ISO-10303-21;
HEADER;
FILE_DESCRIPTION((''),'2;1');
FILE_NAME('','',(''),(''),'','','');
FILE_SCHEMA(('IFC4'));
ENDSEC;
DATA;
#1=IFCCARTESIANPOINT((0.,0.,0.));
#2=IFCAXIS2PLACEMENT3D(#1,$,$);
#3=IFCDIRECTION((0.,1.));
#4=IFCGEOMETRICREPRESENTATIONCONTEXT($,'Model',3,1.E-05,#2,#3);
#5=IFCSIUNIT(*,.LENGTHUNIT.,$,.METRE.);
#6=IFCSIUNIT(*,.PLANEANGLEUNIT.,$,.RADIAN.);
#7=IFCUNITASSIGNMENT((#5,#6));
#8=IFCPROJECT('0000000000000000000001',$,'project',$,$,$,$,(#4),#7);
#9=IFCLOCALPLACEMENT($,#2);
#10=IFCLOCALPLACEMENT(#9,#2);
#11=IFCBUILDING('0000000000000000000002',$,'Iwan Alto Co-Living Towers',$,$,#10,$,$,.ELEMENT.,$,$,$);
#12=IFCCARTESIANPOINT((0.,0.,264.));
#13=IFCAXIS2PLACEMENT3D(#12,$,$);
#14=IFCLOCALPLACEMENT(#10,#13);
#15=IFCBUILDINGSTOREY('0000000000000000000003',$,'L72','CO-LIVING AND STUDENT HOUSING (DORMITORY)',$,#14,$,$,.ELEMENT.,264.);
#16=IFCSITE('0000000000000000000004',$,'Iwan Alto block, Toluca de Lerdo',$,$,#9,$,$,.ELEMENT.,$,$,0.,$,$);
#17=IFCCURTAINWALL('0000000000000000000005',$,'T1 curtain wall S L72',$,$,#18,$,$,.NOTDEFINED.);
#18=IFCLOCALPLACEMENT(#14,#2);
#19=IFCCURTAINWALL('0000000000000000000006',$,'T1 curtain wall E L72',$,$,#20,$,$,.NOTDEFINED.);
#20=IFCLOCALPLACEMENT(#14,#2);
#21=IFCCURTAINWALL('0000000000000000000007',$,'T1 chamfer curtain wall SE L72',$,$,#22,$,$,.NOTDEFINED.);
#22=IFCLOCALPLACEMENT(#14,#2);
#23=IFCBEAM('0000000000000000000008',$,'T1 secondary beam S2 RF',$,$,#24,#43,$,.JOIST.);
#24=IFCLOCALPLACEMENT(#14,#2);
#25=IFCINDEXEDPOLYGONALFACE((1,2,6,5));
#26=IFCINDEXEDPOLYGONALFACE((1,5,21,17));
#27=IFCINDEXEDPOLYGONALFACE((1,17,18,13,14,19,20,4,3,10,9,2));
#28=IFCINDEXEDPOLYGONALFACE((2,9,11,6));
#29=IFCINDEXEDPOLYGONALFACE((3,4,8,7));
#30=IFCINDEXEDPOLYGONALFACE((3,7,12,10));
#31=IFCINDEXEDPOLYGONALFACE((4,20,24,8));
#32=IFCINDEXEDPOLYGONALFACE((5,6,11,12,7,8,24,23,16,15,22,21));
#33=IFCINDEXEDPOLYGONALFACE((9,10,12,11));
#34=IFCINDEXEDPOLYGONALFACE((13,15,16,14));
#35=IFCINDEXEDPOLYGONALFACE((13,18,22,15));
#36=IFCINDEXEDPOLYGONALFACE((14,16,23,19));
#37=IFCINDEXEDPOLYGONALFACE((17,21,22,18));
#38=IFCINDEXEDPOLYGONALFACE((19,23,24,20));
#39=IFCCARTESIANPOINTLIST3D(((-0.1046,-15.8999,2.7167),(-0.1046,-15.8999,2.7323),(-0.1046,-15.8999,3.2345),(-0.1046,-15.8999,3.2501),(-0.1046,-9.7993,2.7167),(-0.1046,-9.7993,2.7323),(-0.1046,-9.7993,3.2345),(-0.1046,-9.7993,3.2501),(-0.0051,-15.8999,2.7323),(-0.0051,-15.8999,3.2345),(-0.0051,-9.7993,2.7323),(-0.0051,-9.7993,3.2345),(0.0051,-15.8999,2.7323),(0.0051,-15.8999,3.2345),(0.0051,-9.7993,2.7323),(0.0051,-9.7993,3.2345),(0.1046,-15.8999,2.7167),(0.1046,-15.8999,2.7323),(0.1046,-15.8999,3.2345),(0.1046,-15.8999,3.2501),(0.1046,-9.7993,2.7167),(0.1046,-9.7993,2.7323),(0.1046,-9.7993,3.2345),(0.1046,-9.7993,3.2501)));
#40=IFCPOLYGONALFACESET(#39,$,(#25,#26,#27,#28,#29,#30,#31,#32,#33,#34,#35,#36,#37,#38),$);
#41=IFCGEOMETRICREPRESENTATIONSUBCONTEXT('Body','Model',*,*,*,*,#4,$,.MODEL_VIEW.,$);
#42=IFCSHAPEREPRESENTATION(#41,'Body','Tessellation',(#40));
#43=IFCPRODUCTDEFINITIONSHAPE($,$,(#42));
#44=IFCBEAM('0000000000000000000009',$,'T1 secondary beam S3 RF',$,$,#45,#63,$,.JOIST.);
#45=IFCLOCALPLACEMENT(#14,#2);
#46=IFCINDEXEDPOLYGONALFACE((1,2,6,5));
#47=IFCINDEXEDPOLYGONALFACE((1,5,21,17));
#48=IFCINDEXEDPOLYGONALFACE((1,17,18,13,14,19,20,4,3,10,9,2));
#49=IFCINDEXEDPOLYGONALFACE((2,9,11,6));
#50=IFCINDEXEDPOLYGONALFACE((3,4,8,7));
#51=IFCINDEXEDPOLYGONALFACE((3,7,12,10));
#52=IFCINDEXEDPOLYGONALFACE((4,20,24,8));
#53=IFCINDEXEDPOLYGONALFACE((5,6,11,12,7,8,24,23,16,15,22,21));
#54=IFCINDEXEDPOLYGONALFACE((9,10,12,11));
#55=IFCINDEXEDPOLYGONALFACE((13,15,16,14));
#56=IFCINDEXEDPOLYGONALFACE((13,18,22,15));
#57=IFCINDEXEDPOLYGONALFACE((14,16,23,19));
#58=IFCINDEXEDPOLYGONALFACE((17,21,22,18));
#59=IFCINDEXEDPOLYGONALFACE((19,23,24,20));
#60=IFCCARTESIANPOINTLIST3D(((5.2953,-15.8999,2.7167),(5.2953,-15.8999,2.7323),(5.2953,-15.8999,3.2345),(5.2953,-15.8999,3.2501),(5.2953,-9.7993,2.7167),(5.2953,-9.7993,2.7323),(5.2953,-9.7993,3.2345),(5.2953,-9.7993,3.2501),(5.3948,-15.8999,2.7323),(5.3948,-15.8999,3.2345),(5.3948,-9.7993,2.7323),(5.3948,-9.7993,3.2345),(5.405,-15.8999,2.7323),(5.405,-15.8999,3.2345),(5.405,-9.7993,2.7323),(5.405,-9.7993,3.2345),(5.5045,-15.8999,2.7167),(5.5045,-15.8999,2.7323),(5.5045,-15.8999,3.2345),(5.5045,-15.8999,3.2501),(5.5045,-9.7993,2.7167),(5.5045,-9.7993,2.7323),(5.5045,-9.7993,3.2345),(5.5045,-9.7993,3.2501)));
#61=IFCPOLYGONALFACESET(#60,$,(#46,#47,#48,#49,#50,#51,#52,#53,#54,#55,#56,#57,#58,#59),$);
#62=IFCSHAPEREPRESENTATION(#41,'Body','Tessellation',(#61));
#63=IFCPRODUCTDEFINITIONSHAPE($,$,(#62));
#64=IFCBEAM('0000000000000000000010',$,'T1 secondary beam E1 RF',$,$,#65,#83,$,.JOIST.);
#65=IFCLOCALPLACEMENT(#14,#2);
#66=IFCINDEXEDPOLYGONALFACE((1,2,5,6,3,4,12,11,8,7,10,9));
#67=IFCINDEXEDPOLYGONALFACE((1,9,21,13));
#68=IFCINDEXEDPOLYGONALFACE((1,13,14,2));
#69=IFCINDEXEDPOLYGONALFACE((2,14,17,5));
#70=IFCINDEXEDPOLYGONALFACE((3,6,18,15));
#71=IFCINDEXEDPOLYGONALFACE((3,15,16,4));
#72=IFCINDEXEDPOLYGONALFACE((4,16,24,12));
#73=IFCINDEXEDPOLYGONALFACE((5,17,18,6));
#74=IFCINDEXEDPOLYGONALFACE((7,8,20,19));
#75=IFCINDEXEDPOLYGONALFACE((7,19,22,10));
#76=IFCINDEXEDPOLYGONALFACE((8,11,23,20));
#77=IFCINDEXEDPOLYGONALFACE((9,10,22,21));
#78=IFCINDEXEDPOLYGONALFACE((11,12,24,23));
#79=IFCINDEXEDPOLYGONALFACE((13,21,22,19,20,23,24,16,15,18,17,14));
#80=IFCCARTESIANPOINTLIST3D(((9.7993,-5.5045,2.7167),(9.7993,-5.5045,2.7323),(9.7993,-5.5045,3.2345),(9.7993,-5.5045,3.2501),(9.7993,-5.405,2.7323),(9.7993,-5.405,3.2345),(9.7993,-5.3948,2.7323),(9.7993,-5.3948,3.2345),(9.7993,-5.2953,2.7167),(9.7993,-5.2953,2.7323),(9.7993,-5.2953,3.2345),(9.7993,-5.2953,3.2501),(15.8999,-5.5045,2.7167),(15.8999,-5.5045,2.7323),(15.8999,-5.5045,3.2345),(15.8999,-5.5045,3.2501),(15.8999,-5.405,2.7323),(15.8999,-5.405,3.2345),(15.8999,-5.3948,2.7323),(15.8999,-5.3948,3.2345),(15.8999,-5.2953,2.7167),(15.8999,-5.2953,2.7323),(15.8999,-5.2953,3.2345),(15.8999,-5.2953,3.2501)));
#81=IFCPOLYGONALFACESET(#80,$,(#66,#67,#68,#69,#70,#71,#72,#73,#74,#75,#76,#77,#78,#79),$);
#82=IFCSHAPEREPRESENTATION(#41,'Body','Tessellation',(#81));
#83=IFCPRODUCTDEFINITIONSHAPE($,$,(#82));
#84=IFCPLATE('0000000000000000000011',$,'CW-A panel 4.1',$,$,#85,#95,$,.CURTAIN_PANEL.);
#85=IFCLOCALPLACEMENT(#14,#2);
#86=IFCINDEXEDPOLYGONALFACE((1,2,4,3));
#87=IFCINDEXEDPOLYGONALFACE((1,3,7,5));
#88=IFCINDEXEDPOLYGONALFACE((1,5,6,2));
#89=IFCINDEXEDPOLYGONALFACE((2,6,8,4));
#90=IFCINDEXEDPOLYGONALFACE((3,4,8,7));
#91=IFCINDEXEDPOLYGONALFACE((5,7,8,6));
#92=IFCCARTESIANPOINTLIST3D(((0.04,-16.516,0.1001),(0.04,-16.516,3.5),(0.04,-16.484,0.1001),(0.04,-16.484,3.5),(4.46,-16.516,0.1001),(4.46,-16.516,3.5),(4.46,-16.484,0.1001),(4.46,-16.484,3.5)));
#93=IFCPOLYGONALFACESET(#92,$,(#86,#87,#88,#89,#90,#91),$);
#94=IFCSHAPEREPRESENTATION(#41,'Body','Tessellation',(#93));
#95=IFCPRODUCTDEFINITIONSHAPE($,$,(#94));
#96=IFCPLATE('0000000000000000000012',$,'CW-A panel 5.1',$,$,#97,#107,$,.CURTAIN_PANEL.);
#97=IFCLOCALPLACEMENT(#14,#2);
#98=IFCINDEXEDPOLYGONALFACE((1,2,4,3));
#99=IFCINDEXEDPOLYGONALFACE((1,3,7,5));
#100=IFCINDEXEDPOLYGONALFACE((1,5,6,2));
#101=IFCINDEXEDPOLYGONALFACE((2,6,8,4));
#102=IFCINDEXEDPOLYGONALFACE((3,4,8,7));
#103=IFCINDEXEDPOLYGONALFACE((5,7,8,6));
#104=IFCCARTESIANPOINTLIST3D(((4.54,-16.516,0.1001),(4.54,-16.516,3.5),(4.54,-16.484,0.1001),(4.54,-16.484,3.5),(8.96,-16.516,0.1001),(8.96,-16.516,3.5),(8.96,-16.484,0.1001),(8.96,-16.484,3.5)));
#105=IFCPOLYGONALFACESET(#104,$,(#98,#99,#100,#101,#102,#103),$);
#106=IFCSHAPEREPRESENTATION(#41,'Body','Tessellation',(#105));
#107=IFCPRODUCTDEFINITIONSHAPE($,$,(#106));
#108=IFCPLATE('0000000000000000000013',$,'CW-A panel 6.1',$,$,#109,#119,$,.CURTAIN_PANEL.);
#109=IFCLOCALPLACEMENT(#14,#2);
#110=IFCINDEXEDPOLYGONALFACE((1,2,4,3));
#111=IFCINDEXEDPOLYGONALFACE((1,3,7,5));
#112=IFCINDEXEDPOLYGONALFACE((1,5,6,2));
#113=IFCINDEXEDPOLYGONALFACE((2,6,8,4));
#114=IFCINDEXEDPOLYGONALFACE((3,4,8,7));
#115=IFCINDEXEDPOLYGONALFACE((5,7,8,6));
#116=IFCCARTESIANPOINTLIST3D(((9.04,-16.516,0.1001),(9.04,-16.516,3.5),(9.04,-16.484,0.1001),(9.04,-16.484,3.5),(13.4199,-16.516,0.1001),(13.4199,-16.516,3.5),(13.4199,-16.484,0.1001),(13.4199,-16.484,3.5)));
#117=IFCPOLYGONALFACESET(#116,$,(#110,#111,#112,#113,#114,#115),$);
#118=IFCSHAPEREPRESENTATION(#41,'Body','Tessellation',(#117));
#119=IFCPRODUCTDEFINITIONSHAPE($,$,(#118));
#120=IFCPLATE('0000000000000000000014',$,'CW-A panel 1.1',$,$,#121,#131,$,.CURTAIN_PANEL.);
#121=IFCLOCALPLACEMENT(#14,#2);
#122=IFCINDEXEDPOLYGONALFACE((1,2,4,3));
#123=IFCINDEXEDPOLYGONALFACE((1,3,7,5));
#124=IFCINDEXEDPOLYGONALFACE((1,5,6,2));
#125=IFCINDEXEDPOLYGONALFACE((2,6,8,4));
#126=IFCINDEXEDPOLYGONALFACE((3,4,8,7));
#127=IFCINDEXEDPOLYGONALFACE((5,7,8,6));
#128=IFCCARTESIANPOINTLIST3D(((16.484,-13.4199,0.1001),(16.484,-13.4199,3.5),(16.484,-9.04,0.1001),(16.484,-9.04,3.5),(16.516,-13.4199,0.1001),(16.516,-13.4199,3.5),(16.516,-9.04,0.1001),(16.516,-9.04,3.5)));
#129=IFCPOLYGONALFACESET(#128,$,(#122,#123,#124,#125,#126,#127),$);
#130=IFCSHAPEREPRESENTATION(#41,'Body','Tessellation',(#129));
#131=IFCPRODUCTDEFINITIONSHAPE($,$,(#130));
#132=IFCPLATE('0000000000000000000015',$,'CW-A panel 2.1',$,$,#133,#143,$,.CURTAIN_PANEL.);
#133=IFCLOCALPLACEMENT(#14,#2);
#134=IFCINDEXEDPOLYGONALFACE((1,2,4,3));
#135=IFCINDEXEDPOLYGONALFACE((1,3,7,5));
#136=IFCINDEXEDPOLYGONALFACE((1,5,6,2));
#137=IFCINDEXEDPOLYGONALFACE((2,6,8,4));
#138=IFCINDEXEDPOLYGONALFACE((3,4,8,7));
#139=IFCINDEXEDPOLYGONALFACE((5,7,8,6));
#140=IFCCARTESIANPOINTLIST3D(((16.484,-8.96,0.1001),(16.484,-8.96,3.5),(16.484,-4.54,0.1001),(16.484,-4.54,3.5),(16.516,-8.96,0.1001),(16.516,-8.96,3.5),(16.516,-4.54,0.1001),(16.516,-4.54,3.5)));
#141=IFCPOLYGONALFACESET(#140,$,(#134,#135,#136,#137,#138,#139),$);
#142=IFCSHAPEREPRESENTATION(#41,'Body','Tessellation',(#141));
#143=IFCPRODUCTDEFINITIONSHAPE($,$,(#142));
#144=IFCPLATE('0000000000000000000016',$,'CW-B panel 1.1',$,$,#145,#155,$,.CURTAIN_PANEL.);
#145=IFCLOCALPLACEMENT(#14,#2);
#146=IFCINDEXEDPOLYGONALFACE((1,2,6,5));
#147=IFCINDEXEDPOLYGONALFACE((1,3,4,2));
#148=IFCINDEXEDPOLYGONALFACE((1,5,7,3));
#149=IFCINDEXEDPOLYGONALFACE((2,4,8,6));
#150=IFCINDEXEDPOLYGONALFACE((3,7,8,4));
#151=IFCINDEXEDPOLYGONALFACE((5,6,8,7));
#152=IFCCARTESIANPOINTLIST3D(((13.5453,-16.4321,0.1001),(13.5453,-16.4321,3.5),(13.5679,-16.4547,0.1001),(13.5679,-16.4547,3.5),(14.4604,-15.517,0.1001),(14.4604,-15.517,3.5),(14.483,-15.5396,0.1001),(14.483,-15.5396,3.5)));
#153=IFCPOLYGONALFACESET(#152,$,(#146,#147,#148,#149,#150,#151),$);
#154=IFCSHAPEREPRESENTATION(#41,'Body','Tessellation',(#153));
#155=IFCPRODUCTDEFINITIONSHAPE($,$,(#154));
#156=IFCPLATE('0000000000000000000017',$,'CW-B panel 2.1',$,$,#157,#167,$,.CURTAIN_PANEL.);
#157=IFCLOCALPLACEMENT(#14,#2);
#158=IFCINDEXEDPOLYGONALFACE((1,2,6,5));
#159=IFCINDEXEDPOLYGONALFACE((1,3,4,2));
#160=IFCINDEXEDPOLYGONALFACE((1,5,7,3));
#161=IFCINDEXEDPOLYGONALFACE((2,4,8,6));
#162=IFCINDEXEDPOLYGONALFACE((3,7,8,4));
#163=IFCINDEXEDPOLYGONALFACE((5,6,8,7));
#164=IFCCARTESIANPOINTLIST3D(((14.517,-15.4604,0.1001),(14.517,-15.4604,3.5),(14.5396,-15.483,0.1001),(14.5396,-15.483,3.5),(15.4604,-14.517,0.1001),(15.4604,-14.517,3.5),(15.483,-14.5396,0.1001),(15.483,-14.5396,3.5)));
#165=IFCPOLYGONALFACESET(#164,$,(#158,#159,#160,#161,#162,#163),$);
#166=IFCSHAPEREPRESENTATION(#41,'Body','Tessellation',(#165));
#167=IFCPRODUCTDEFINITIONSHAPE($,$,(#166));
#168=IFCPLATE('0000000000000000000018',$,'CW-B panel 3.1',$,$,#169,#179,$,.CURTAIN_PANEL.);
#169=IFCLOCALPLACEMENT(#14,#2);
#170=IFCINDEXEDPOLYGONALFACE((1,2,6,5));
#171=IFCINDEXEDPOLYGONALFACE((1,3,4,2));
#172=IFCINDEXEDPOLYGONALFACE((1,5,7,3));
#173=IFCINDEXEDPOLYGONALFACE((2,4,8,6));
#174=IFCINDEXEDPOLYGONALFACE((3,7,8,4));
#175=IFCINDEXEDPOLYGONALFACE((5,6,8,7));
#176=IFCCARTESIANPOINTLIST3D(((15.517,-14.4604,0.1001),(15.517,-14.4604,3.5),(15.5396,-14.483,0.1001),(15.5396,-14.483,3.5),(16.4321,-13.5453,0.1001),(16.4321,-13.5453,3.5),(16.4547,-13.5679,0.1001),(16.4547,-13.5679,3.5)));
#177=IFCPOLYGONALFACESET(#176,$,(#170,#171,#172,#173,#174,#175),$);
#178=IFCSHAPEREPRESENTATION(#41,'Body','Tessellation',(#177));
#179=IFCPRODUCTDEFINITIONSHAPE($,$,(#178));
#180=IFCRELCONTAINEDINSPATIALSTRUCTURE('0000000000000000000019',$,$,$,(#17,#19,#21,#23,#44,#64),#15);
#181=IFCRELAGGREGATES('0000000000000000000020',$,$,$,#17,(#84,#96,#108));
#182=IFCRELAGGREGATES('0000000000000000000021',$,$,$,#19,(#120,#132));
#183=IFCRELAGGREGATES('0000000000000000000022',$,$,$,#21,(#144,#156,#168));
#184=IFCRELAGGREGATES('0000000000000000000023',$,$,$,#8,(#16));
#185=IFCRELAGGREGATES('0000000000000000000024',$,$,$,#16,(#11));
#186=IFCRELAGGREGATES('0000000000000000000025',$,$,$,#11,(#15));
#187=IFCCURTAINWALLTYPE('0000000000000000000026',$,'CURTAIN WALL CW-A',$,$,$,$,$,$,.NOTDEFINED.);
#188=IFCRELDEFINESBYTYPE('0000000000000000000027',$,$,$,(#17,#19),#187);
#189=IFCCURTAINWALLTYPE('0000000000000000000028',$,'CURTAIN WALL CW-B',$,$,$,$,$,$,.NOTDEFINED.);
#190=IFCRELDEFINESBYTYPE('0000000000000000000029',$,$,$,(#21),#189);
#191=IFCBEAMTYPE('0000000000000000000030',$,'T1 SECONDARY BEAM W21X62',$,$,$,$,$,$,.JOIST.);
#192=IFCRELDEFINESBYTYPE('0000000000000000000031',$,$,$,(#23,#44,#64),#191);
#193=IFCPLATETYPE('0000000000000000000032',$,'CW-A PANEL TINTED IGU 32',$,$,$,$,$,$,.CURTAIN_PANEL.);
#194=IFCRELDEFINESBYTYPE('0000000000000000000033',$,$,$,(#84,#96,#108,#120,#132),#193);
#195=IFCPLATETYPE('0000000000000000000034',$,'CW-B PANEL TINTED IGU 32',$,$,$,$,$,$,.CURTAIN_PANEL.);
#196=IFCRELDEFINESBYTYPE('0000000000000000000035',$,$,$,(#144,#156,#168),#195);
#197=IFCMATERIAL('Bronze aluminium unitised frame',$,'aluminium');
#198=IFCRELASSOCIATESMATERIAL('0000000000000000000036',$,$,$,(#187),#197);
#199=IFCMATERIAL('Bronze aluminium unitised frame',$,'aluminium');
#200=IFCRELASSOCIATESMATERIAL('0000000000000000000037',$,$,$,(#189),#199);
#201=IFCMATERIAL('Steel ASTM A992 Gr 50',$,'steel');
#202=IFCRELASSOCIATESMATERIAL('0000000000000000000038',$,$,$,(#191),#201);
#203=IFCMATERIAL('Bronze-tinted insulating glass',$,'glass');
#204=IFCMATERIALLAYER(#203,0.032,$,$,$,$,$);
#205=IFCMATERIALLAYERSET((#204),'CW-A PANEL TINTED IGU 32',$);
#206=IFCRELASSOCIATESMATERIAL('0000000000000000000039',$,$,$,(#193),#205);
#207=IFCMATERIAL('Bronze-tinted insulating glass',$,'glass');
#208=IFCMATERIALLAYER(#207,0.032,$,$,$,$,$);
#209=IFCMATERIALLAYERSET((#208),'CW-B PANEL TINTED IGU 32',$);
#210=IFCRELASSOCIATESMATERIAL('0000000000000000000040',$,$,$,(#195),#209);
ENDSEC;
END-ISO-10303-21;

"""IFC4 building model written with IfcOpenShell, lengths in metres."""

from ifc_helpers import new_model, si_unit, direction, frame, origin, origin_2d, place, context, subcontext, project, spatial, rectangle, i_section, extrude, material, layer, layer_set, material_profile, profile_set, type_object, element, aggregate, save


model = new_model("IFC4")

# Units and contexts
model_context = context("Model", 3, precision=1e-05, world=origin(), true_north=direction((0.0, 1.0)))
body_context = subcontext(model_context, "Body", "Model", "MODEL_VIEW")
ifc_project = project(units=[si_unit("LENGTHUNIT", "METRE"), si_unit("PLANEANGLEUNIT", "RADIAN")], contexts=[model_context])

# Site, building, storey
site_placement = place(None, origin())
site = spatial("IfcSite", under=ifc_project, at=site_placement, Name="Iwan Alto block, Toluca de Lerdo", CompositionType="ELEMENT", RefElevation=0.0)
building_placement = place(site_placement, origin())
building = spatial("IfcBuilding", under=site, at=building_placement, Name="Iwan Alto Co-Living Towers", CompositionType="ELEMENT")
storey_placement = place(building_placement, frame((0.0, 0.0, 264.0)))
storey = spatial("IfcBuildingStorey", under=building, at=storey_placement, Name="L72", Description="CO-LIVING AND STUDENT HOUSING (DORMITORY)", CompositionType="ELEMENT", Elevation=264.0)

# Curtain walls
ifc_material_1 = material(Name="Bronze aluminium unitised frame", Category="aluminium")
curtain_wall_type_1 = type_object("IfcCurtainWallType", Name="CURTAIN WALL CW-A", PredefinedType="NOTDEFINED", material=ifc_material_1)
curtain_wall_1_placement = place(storey_placement, origin())
curtain_wall_1 = element("IfcCurtainWall", 1, at=curtain_wall_1_placement, inside=storey, type_object=curtain_wall_type_1, Name="T1 curtain wall S L72", PredefinedType="NOTDEFINED")
curtain_wall_2_placement = place(storey_placement, origin())
curtain_wall_2 = element("IfcCurtainWall", 2, at=curtain_wall_2_placement, inside=storey, type_object=curtain_wall_type_1, Name="T1 curtain wall E L72", PredefinedType="NOTDEFINED")
ifc_material_2 = material(Name="Bronze aluminium unitised frame", Category="aluminium")
curtain_wall_type_2 = type_object("IfcCurtainWallType", Name="CURTAIN WALL CW-B", PredefinedType="NOTDEFINED", material=ifc_material_2)
curtain_wall_3_placement = place(storey_placement, origin())
curtain_wall_3 = element("IfcCurtainWall", 3, at=curtain_wall_3_placement, inside=storey, type_object=curtain_wall_type_2, Name="T1 chamfer curtain wall SE L72", PredefinedType="NOTDEFINED")

# Beams
ifc_material_3 = material(Name="Steel ASTM A992 Gr 50", Category="steel")
ifc_material_profile_1 = material_profile(ifc_material_3, i_section(OverallWidth=0.2092, OverallDepth=0.5334, WebThickness=0.0103, FlangeThickness=0.0156, at=origin_2d()), Name="W21X62")
ifc_profile_set_1 = profile_set([ifc_material_profile_1], Name="Steel ASTM A992 Gr 50")
beam_type_1 = type_object("IfcBeamType", Name="T1 SECONDARY BEAM W21X62", PredefinedType="JOIST", material=ifc_profile_set_1)
for number, where, z_axis, x_axis, name in (
    (4, (0.0, -15.8999, 2.9834), (0.0, 1.0, 0.0), (-1.0, 0.0, 0.0), "T1 secondary beam S2 RF"),
    (5, (5.3999, -15.8999, 2.9834), (0.0, 1.0, 0.0), (-1.0, 0.0, 0.0), "T1 secondary beam S3 RF"),
    (6, (15.8999, -5.3999, 2.9834), (-1.0, 0.0, 0.0), (0.0, -1.0, 0.0), "T1 secondary beam E1 RF"),
):
    element("IfcBeam", number, at=place(storey_placement, frame(where, z_axis=z_axis, x_axis=x_axis)), inside=storey, type_object=beam_type_1, Name=name, PredefinedType="JOIST", context=body_context, shape_type="SweptSolid", body=[
        extrude(i_section(OverallWidth=0.2092, OverallDepth=0.5334, WebThickness=0.0103, FlangeThickness=0.0156, at=origin_2d()), origin(), (0.0, 0.0, 1.0), 6.1006),
    ])

# Plates
ifc_material_4 = material(Name="Bronze-tinted insulating glass", Category="glass")
ifc_layer_1 = layer(ifc_material_4, 0.032)
ifc_layer_set_1 = layer_set([ifc_layer_1], Name="CW-A PANEL TINTED IGU 32")
plate_type_1 = type_object("IfcPlateType", Name="CW-A PANEL TINTED IGU 32", PredefinedType="CURTAIN_PANEL", material=ifc_layer_set_1)
plate_1_placement = place(storey_placement, frame((2.25, -16.5, 0.1001), z_axis=(0.0, 0.0, 1.0), x_axis=(1.0, 0.0, 0.0)))
plate_1 = element("IfcPlate", 7, at=plate_1_placement, type_object=plate_type_1, Name="CW-A panel 4.1", PredefinedType="CURTAIN_PANEL", context=body_context, shape_type="SweptSolid", body=[
    extrude(rectangle(XDim=4.4199, YDim=0.032, at=origin_2d()), origin(), (0.0, 0.0, 1.0), 3.3999),
])
plate_2_placement = place(storey_placement, frame((6.75, -16.5, 0.1001), z_axis=(0.0, 0.0, 1.0), x_axis=(1.0, 0.0, 0.0)))
plate_2 = element("IfcPlate", 8, at=plate_2_placement, type_object=plate_type_1, Name="CW-A panel 5.1", PredefinedType="CURTAIN_PANEL", context=body_context, shape_type="SweptSolid", body=[
    extrude(rectangle(XDim=4.4199, YDim=0.032, at=origin_2d()), origin(), (0.0, 0.0, 1.0), 3.3999),
])
plate_3_placement = place(storey_placement, frame((11.23, -16.5, 0.1001), z_axis=(0.0, 0.0, 1.0), x_axis=(1.0, 0.0, 0.0)))
plate_3 = element("IfcPlate", 9, at=plate_3_placement, type_object=plate_type_1, Name="CW-A panel 6.1", PredefinedType="CURTAIN_PANEL", context=body_context, shape_type="SweptSolid", body=[
    extrude(rectangle(XDim=4.3799, YDim=0.032, at=origin_2d()), origin(), (0.0, 0.0, 1.0), 3.3999),
])
aggregate(curtain_wall_1, [plate_1, plate_2, plate_3])
plate_4_placement = place(storey_placement, frame((16.5, -11.23, 0.1001), z_axis=(0.0, 0.0, 1.0), x_axis=(0.0, 1.0, 0.0)))
plate_4 = element("IfcPlate", 10, at=plate_4_placement, type_object=plate_type_1, Name="CW-A panel 1.1", PredefinedType="CURTAIN_PANEL", context=body_context, shape_type="SweptSolid", body=[
    extrude(rectangle(XDim=4.3799, YDim=0.032, at=origin_2d()), origin(), (0.0, 0.0, 1.0), 3.3999),
])
plate_5_placement = place(storey_placement, frame((16.5, -6.75, 0.1001), z_axis=(0.0, 0.0, 1.0), x_axis=(0.0, 1.0, 0.0)))
plate_5 = element("IfcPlate", 11, at=plate_5_placement, type_object=plate_type_1, Name="CW-A panel 2.1", PredefinedType="CURTAIN_PANEL", context=body_context, shape_type="SweptSolid", body=[
    extrude(rectangle(XDim=4.4199, YDim=0.032, at=origin_2d()), origin(), (0.0, 0.0, 1.0), 3.3999),
])
aggregate(curtain_wall_2, [plate_4, plate_5])
ifc_material_5 = material(Name="Bronze-tinted insulating glass", Category="glass")
ifc_layer_2 = layer(ifc_material_5, 0.032)
ifc_layer_set_2 = layer_set([ifc_layer_2], Name="CW-B PANEL TINTED IGU 32")
plate_type_2 = type_object("IfcPlateType", Name="CW-B PANEL TINTED IGU 32", PredefinedType="CURTAIN_PANEL", material=ifc_layer_set_2)
plate_6_placement = place(storey_placement, frame((14.0142, -15.9858, 0.1001), z_axis=(0.0, 0.0, 1.0), x_axis=(0.707107, 0.707107, 0.0)))
plate_6 = element("IfcPlate", 12, at=plate_6_placement, type_object=plate_type_2, Name="CW-B panel 1.1", PredefinedType="CURTAIN_PANEL", context=body_context, shape_type="SweptSolid", body=[
    extrude(rectangle(XDim=1.2942, YDim=0.032, at=origin_2d()), origin(), (0.0, 0.0, 1.0), 3.3999),
])
plate_7_placement = place(storey_placement, frame((15.0, -15.0, 0.1001), z_axis=(0.0, 0.0, 1.0), x_axis=(0.707107, 0.707107, 0.0)))
plate_7 = element("IfcPlate", 13, at=plate_7_placement, type_object=plate_type_2, Name="CW-B panel 2.1", PredefinedType="CURTAIN_PANEL", context=body_context, shape_type="SweptSolid", body=[
    extrude(rectangle(XDim=1.3342, YDim=0.032, at=origin_2d()), origin(), (0.0, 0.0, 1.0), 3.3999),
])
plate_8_placement = place(storey_placement, frame((15.9858, -14.0142, 0.1001), z_axis=(0.0, 0.0, 1.0), x_axis=(0.707107, 0.707107, 0.0)))
plate_8 = element("IfcPlate", 14, at=plate_8_placement, type_object=plate_type_2, Name="CW-B panel 3.1", PredefinedType="CURTAIN_PANEL", context=body_context, shape_type="SweptSolid", body=[
    extrude(rectangle(XDim=1.2942, YDim=0.032, at=origin_2d()), origin(), (0.0, 0.0, 1.0), 3.3999),
])
aggregate(curtain_wall_3, [plate_6, plate_7, plate_8])

save(model, "model.ifc")
